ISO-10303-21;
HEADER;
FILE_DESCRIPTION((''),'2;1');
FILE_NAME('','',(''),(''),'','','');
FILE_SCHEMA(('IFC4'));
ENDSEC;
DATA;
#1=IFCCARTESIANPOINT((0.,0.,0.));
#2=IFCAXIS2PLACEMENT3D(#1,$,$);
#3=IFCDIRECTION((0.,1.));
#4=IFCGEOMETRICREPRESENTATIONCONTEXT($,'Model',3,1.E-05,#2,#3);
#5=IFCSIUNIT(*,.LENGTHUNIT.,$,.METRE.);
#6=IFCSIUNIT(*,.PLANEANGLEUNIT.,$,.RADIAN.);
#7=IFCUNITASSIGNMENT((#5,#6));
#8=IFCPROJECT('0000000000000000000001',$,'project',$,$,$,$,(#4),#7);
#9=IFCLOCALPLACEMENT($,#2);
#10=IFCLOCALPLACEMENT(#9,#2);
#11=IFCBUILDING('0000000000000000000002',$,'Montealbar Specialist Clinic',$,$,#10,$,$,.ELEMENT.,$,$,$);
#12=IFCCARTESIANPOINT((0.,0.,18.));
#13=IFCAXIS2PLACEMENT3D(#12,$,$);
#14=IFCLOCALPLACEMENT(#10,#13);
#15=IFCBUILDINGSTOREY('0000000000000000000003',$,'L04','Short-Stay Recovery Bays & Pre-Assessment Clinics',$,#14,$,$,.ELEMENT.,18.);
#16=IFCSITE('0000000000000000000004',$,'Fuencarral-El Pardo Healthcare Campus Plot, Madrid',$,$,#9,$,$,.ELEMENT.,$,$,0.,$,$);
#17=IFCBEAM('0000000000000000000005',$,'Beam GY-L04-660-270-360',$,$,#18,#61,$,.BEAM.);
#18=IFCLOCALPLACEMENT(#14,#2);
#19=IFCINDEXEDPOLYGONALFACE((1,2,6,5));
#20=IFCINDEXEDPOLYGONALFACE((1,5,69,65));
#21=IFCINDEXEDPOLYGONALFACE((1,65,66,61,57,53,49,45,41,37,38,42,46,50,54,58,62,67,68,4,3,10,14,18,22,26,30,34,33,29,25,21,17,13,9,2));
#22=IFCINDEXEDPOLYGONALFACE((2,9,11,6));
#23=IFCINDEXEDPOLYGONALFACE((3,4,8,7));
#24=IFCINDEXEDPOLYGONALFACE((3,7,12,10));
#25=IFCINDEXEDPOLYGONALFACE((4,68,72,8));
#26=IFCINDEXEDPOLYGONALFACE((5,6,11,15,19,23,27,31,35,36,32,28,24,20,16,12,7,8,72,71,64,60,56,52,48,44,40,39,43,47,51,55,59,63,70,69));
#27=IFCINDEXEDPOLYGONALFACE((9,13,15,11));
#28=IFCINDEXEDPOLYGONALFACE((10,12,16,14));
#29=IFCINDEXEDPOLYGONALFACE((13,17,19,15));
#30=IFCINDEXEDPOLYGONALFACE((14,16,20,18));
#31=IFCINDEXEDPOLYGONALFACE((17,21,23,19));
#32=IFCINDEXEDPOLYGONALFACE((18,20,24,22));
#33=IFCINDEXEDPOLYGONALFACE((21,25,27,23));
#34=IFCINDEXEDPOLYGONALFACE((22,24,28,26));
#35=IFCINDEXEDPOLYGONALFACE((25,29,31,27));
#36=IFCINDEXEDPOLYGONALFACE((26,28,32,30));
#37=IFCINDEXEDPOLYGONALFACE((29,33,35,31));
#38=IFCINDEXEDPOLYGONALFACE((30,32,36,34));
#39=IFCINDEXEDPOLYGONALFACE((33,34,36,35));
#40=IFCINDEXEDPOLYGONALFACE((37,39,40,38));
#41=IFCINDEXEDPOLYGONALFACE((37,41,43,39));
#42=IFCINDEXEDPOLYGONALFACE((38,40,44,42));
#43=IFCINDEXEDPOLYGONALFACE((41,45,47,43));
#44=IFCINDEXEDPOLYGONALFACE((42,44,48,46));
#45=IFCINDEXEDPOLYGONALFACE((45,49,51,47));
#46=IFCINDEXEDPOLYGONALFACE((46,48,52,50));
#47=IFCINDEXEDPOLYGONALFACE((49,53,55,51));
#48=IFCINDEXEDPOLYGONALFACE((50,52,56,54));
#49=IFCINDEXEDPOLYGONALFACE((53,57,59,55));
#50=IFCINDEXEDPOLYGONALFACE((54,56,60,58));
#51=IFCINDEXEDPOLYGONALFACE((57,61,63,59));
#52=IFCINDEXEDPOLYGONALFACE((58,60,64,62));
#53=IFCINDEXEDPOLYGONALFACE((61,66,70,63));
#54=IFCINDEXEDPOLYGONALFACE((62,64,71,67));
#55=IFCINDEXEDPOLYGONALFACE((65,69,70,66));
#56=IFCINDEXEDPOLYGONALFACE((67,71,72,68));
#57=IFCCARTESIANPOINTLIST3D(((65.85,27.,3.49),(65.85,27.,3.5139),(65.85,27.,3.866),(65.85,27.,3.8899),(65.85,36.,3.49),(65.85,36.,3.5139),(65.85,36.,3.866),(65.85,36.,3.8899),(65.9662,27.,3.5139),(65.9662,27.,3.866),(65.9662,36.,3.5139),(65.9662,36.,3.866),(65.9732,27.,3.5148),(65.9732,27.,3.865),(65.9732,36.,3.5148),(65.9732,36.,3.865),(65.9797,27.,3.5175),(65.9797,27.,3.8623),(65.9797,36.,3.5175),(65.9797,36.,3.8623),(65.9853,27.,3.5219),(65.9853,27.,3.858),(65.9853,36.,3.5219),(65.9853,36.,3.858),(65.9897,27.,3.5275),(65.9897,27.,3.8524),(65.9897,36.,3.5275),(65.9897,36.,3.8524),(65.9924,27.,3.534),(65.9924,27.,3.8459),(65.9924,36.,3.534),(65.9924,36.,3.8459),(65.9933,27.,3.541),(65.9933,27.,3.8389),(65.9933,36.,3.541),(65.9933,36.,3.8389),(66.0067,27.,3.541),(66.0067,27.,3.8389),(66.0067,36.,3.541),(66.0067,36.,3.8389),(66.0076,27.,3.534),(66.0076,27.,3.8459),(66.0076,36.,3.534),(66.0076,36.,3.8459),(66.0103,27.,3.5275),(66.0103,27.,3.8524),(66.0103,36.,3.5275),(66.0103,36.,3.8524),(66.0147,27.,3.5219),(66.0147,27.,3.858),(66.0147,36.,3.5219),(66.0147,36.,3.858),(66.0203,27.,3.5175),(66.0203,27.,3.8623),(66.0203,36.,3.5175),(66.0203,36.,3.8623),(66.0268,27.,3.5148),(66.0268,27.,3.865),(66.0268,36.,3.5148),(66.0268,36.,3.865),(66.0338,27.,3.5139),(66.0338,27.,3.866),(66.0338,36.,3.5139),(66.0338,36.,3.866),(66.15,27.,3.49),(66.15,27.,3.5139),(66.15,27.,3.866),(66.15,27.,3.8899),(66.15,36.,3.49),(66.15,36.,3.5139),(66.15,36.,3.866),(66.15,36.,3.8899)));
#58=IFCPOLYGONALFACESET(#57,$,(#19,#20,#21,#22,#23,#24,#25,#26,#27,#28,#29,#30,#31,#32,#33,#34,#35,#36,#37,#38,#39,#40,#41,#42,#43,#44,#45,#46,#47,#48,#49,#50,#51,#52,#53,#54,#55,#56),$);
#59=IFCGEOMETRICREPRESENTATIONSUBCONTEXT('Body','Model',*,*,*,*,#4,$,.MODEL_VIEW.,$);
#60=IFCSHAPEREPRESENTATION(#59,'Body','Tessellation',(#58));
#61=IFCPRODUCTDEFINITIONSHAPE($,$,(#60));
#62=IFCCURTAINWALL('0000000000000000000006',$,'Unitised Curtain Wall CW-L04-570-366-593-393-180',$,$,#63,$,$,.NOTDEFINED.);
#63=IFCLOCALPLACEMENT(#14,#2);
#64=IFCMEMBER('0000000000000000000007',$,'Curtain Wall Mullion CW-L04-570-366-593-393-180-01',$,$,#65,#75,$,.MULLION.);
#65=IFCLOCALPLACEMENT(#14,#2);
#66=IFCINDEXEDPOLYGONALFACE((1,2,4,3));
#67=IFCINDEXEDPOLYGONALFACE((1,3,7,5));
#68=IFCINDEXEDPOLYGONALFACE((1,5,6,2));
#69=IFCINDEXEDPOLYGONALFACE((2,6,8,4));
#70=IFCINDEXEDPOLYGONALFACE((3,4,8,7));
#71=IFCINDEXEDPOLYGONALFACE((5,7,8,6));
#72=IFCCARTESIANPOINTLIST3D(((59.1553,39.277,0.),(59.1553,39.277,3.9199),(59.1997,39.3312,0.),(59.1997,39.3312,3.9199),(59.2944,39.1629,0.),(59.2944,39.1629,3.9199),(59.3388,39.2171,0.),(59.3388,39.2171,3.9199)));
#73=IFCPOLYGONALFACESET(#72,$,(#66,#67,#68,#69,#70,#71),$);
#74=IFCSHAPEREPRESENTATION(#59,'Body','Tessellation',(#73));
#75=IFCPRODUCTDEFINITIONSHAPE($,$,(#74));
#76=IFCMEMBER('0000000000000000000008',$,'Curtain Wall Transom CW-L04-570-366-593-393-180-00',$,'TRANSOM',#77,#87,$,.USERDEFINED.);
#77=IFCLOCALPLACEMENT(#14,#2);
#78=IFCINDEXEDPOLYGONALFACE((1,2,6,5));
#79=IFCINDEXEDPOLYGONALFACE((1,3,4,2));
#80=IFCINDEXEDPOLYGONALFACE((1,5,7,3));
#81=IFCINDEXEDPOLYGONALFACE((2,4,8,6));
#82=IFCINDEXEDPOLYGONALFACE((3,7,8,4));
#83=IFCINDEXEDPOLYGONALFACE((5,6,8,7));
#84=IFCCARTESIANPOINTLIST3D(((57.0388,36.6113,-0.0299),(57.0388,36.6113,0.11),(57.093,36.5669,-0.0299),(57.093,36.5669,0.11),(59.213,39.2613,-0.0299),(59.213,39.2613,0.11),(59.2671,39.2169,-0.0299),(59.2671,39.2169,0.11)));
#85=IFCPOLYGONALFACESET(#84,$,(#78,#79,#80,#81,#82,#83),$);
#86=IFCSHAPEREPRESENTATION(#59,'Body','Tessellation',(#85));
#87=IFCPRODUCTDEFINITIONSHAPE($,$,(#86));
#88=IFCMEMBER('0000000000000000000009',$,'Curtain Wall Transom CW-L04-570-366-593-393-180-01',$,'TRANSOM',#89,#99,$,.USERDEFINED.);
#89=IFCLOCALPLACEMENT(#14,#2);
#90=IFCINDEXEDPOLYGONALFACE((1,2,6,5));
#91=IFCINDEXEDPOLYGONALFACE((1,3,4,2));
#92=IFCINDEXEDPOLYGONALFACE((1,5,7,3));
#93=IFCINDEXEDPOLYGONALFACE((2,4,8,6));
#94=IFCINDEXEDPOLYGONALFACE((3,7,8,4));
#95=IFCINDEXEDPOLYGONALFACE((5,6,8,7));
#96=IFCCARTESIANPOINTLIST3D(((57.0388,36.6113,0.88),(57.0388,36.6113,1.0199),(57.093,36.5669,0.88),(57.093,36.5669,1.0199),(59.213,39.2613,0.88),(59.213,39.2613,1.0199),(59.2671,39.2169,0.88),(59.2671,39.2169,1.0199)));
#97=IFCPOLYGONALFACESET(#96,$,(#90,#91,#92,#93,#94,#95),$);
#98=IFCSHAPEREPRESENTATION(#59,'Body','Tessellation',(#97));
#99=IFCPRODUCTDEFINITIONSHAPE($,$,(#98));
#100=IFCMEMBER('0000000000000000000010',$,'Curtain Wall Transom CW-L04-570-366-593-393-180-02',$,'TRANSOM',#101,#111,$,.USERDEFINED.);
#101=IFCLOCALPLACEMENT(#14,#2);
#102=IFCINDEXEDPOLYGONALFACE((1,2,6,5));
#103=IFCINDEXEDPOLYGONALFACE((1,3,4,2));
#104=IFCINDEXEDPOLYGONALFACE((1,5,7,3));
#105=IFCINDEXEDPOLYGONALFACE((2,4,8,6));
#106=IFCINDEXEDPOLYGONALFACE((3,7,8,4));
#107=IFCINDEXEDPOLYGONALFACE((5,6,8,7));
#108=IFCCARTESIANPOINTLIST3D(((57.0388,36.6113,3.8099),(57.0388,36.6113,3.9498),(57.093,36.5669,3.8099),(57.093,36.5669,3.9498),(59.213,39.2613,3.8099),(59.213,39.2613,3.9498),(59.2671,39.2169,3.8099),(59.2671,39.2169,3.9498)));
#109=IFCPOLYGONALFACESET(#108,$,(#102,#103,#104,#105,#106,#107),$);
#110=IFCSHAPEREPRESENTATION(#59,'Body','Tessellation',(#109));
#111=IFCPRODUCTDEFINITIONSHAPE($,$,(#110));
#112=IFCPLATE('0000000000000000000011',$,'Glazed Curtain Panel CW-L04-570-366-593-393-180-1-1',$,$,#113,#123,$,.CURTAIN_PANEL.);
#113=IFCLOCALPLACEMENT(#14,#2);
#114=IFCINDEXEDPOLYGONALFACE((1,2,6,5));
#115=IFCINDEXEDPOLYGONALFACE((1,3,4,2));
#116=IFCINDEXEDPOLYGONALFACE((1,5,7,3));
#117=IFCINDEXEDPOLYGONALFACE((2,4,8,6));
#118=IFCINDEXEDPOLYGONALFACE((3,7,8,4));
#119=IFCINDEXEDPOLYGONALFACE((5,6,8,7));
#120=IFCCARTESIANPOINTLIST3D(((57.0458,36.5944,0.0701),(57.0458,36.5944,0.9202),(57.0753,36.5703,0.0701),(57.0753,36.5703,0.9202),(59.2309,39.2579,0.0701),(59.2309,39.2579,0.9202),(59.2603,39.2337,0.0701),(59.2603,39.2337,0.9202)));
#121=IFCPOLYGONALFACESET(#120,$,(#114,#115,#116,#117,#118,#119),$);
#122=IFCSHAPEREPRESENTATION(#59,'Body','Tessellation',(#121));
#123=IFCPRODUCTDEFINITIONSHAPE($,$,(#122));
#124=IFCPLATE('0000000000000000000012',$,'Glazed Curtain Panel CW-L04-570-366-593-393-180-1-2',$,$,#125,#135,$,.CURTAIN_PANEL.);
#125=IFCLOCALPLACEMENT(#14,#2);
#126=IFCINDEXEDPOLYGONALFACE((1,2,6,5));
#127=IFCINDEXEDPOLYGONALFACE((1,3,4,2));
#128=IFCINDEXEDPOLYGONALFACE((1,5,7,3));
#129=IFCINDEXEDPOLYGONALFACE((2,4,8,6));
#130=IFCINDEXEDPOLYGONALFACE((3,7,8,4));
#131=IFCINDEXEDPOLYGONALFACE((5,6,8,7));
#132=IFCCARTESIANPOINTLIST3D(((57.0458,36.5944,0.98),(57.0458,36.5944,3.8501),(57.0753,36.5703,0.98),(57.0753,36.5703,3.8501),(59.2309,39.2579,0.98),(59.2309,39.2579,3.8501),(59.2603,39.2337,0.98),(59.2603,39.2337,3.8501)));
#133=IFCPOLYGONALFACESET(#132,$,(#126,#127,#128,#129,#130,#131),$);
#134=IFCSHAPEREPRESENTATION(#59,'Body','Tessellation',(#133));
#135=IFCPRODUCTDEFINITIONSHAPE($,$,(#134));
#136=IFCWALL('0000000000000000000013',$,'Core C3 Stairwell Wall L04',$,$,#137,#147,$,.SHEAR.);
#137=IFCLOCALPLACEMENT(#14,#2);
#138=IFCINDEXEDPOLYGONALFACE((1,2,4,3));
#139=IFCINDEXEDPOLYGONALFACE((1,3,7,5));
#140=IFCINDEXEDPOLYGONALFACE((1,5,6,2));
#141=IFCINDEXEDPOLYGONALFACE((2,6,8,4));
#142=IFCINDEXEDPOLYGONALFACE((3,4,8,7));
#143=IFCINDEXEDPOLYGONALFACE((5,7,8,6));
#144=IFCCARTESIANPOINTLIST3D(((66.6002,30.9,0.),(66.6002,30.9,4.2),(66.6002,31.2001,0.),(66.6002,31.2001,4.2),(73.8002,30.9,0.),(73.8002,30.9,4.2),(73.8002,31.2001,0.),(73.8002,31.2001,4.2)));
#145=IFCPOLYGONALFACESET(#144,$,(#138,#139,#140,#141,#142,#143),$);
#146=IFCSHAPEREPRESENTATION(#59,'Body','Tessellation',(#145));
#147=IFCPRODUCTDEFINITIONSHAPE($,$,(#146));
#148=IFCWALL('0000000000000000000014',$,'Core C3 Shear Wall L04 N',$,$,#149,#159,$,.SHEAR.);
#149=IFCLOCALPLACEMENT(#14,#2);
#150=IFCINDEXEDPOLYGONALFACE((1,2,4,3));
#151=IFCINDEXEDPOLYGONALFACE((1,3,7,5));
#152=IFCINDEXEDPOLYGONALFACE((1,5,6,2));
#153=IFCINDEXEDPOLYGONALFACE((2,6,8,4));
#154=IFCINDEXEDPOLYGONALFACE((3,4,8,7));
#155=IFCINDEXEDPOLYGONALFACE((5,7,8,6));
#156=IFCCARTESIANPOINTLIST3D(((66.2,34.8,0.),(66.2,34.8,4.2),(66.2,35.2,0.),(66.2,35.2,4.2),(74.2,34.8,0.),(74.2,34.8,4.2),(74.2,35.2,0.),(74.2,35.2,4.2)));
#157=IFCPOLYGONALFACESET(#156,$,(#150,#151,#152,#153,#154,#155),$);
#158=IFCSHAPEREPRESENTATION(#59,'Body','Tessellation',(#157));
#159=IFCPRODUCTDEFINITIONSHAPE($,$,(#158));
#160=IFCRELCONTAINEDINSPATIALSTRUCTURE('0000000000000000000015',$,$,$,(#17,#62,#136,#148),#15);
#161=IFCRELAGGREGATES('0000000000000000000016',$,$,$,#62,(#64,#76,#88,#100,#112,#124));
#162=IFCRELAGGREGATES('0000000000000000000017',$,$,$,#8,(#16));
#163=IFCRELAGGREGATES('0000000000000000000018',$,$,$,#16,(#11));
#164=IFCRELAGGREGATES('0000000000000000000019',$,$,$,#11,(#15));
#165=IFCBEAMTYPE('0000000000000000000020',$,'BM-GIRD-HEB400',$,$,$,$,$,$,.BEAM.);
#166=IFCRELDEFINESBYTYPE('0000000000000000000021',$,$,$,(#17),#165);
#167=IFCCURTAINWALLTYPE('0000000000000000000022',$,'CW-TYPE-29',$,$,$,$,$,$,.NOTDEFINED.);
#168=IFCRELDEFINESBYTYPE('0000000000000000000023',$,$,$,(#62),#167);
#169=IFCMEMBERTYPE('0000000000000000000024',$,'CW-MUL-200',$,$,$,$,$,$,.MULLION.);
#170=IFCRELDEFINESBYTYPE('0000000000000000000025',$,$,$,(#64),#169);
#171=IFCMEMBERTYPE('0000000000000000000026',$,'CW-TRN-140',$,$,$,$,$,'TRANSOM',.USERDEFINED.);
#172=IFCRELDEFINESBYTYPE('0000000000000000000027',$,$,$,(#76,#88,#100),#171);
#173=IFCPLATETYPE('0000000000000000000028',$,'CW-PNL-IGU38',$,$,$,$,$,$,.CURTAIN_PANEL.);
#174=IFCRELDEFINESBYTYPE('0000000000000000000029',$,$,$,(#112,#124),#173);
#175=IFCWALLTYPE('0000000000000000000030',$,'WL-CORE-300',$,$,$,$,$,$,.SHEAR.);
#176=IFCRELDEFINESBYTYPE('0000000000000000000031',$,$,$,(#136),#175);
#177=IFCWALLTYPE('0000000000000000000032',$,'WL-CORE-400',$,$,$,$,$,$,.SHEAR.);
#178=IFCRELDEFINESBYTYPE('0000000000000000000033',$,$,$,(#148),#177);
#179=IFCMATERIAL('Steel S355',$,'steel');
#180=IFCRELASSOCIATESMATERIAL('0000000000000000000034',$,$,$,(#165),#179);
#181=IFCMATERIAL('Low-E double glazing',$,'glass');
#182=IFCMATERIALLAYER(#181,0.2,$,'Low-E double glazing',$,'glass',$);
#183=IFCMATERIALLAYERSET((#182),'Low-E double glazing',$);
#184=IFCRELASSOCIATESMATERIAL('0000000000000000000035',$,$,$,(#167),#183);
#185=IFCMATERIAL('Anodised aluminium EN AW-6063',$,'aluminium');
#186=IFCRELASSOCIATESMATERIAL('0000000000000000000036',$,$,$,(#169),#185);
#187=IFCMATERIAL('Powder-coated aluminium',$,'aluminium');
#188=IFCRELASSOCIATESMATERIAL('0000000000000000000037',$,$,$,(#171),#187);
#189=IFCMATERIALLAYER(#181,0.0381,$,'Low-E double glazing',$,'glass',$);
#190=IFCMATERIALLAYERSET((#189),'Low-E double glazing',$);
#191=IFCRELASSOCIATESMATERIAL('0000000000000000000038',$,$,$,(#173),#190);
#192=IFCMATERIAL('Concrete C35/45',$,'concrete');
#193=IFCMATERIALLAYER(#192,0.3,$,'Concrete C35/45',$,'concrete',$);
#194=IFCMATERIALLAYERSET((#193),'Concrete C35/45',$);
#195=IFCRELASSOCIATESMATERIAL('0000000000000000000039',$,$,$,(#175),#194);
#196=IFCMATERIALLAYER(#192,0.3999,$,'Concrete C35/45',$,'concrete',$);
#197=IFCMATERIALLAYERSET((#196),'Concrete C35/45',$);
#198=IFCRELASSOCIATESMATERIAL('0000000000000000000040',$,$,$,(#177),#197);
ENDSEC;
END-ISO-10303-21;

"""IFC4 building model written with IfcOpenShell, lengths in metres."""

from ifc_helpers import new_model, si_unit, direction, frame, frame_2d, origin, origin_2d, place, context, subcontext, project, spatial, rectangle, i_section, extrude, material, layer, layer_set, material_profile, profile_set, type_object, element, aggregate, save


model = new_model("IFC4")

# Units and contexts
model_context = context("Model", 3, precision=1e-05, world=origin(), true_north=direction((0.0, 1.0)))
body_context = subcontext(model_context, "Body", "Model", "MODEL_VIEW")
ifc_project = project(units=[si_unit("LENGTHUNIT", "METRE"), si_unit("PLANEANGLEUNIT", "RADIAN")], contexts=[model_context])

# Site, building, storey
site_placement = place(None, origin())
site = spatial("IfcSite", under=ifc_project, at=site_placement, Name="Fuencarral-El Pardo Healthcare Campus Plot, Madrid", CompositionType="ELEMENT", RefElevation=0.0)
building_placement = place(site_placement, origin())
building = spatial("IfcBuilding", under=site, at=building_placement, Name="Montealbar Specialist Clinic", CompositionType="ELEMENT")
storey_placement = place(building_placement, frame((0.0, 0.0, 18.0)))
storey = spatial("IfcBuildingStorey", under=building, at=storey_placement, Name="L04", Description="Short-Stay Recovery Bays & Pre-Assessment Clinics", CompositionType="ELEMENT", Elevation=18.0)

# Shared definitions
ifc_material_1 = material(Name="Steel S355", Category="steel")

# Beam
ifc_material_profile_1 = material_profile(ifc_material_1, i_section(OverallWidth=0.3, OverallDepth=0.3999, WebThickness=0.0134, FlangeThickness=0.0239, FilletRadius=0.0271, at=origin_2d()), Name="HEB 400", Category="steel")
ifc_profile_set_1 = profile_set([ifc_material_profile_1], Name="Steel S355")
beam_type = type_object("IfcBeamType", Name="BM-GIRD-HEB400", PredefinedType="BEAM", material=ifc_profile_set_1)
for number, where, z_axis, x_axis, name in (
    (1, (66.0, 27.0, 3.6899), (0.0, 1.0, 0.0), (-1.0, 0.0, 0.0), "Beam GY-L04-660-270-360"),
):
    element("IfcBeam", number, at=place(storey_placement, frame(where, z_axis=z_axis, x_axis=x_axis)), inside=storey, type_object=beam_type, Name=name, PredefinedType="BEAM", context=body_context, shape_type="SweptSolid", body=[
        extrude(i_section(OverallWidth=0.3, OverallDepth=0.3999, WebThickness=0.0134, FlangeThickness=0.0239, FilletRadius=0.0271, at=origin_2d()), origin(), (0.0, 0.0, 1.0), 9.0),
    ])

# Curtain wall, members, plates
ifc_material_2 = material(Name="Low-E double glazing", Category="glass")
ifc_layer_1 = layer(ifc_material_2, 0.2, Name="Low-E double glazing", Category="glass")
ifc_layer_set_1 = layer_set([ifc_layer_1], Name="Low-E double glazing")
curtain_wall_type = type_object("IfcCurtainWallType", Name="CW-TYPE-29", PredefinedType="NOTDEFINED", material=ifc_layer_set_1)
curtain_wall_placement = place(storey_placement, origin())
curtain_wall = element("IfcCurtainWall", 2, at=curtain_wall_placement, inside=storey, type_object=curtain_wall_type, Name="Unitised Curtain Wall CW-L04-570-366-593-393-180", PredefinedType="NOTDEFINED")
ifc_material_3 = material(Name="Anodised aluminium EN AW-6063", Category="aluminium")
ifc_material_profile_2 = material_profile(ifc_material_3, rectangle(XDim=0.0701, YDim=0.1799, at=origin_2d()), Name="ALU 70x180", Category="aluminium")
ifc_profile_set_2 = profile_set([ifc_material_profile_2], Name="Anodised aluminium EN AW-6063")
member_type_1 = type_object("IfcMemberType", Name="CW-MUL-200", PredefinedType="MULLION", material=ifc_profile_set_2)
member_1_placement = place(storey_placement, frame((59.2471, 39.2471, 0.0), z_axis=(0.0, 0.0, 1.0), x_axis=(0.634256, 0.773123, 0.0)))
member_1 = element("IfcMember", 3, at=member_1_placement, type_object=member_type_1, Name="Curtain Wall Mullion CW-L04-570-366-593-393-180-01", PredefinedType="MULLION", context=body_context, shape_type="SweptSolid", body=[
    extrude(rectangle(XDim=0.0701, YDim=0.1799, at=origin_2d()), origin(), (0.0, 0.0, 1.0), 3.9199),
])
ifc_material_4 = material(Name="Powder-coated aluminium", Category="aluminium")
ifc_material_profile_3 = material_profile(ifc_material_4, rectangle(XDim=0.0701, YDim=0.1399, at=origin_2d()), Name="ALU 70x140", Category="aluminium")
ifc_profile_set_3 = profile_set([ifc_material_profile_3], Name="Powder-coated aluminium")
member_type_2 = type_object("IfcMemberType", Name="CW-TRN-140", ElementType="TRANSOM", PredefinedType="USERDEFINED", material=ifc_profile_set_3)
member_2_placement = place(storey_placement, frame((57.0659, 36.5891, 0.04), z_axis=(0.634281, 0.773103, 0.0), x_axis=(-0.773103, 0.634281, 0.0)))
member_2 = element("IfcMember", 4, at=member_2_placement, type_object=member_type_2, Name="Curtain Wall Transom CW-L04-570-366-593-393-180-00", ObjectType="TRANSOM", PredefinedType="USERDEFINED", context=body_context, shape_type="SweptSolid", body=[
    extrude(rectangle(XDim=0.0701, YDim=0.1399, at=origin_2d()), origin(), (0.0, 0.0, 1.0), 3.4277),
])
member_3_placement = place(storey_placement, frame((57.0659, 36.5891, 0.95), z_axis=(0.634281, 0.773103, 0.0), x_axis=(-0.773103, 0.634281, 0.0)))
member_3 = element("IfcMember", 5, at=member_3_placement, type_object=member_type_2, Name="Curtain Wall Transom CW-L04-570-366-593-393-180-01", ObjectType="TRANSOM", PredefinedType="USERDEFINED", context=body_context, shape_type="SweptSolid", body=[
    extrude(rectangle(XDim=0.0701, YDim=0.1399, at=origin_2d()), origin(), (0.0, 0.0, 1.0), 3.4277),
])
member_4_placement = place(storey_placement, frame((57.0659, 36.5891, 3.8799), z_axis=(0.634281, 0.773103, 0.0), x_axis=(-0.773103, 0.634281, 0.0)))
member_4 = element("IfcMember", 6, at=member_4_placement, type_object=member_type_2, Name="Curtain Wall Transom CW-L04-570-366-593-393-180-02", ObjectType="TRANSOM", PredefinedType="USERDEFINED", context=body_context, shape_type="SweptSolid", body=[
    extrude(rectangle(XDim=0.0701, YDim=0.1399, at=origin_2d()), origin(), (0.0, 0.0, 1.0), 3.4277),
])
ifc_layer_2 = layer(ifc_material_2, 0.0381, Name="Low-E double glazing", Category="glass")
ifc_layer_set_2 = layer_set([ifc_layer_2], Name="Low-E double glazing")
plate_type = type_object("IfcPlateType", Name="CW-PNL-IGU38", PredefinedType="CURTAIN_PANEL", material=ifc_layer_set_2)
plate_1_placement = place(storey_placement, frame((58.1531, 37.9141, 0.0701), z_axis=(0.0, 0.0, 1.0), x_axis=(0.634256, 0.773123, 0.0)))
plate_1 = element("IfcPlate", 7, at=plate_1_placement, type_object=plate_type, Name="Glazed Curtain Panel CW-L04-570-366-593-393-180-1-1", PredefinedType="CURTAIN_PANEL", context=body_context, shape_type="SweptSolid", body=[
    extrude(rectangle(XDim=3.4451, YDim=0.0381, at=origin_2d()), origin(), (0.0, 0.0, 1.0), 0.8501),
])
plate_2_placement = place(storey_placement, frame((58.1531, 37.9141, 0.98), z_axis=(0.0, 0.0, 1.0), x_axis=(0.634256, 0.773123, 0.0)))
plate_2 = element("IfcPlate", 8, at=plate_2_placement, type_object=plate_type, Name="Glazed Curtain Panel CW-L04-570-366-593-393-180-1-2", PredefinedType="CURTAIN_PANEL", context=body_context, shape_type="SweptSolid", body=[
    extrude(rectangle(XDim=3.4451, YDim=0.0381, at=origin_2d()), origin(), (0.0, 0.0, 1.0), 2.8701),
])
aggregate(curtain_wall, [member_1, member_2, member_3, member_4, plate_1, plate_2])

# Wall
ifc_material_5 = material(Name="Concrete C35/45", Category="concrete")
ifc_layer_3 = layer(ifc_material_5, 0.3, Name="Concrete C35/45", Category="concrete")
ifc_layer_set_3 = layer_set([ifc_layer_3], Name="Concrete C35/45")
wall_type_1 = type_object("IfcWallType", Name="WL-CORE-300", PredefinedType="SHEAR", material=ifc_layer_set_3)
wall_1_placement = place(storey_placement, frame((66.6001, 31.05, 0.0), z_axis=(0.0, 0.0, 1.0), x_axis=(1.0, 0.0, 0.0)))
element("IfcWall", 9, at=wall_1_placement, inside=storey, type_object=wall_type_1, Name="Core C3 Stairwell Wall L04", PredefinedType="SHEAR", context=body_context, shape_type="SweptSolid", body=[
    extrude(rectangle(XDim=7.2, YDim=0.3, at=frame_2d((3.6001, 0.0))), origin(), (0.0, 0.0, 1.0), 4.2),
])

# Shared definitions
ifc_layer_4 = layer(ifc_material_5, 0.3999, Name="Concrete C35/45", Category="concrete")
ifc_layer_set_4 = layer_set([ifc_layer_4], Name="Concrete C35/45")
wall_type_2 = type_object("IfcWallType", Name="WL-CORE-400", PredefinedType="SHEAR", material=ifc_layer_set_4)

# Wall
wall_2_placement = place(storey_placement, frame((66.2, 35.0, 0.0), z_axis=(0.0, 0.0, 1.0), x_axis=(1.0, 0.0, 0.0)))
element("IfcWall", 10, at=wall_2_placement, inside=storey, type_object=wall_type_2, Name="Core C3 Shear Wall L04 N", PredefinedType="SHEAR", context=body_context, shape_type="SweptSolid", body=[
    extrude(rectangle(XDim=8.0, YDim=0.3999, at=frame_2d((4.0, 0.0))), origin(), (0.0, 0.0, 1.0), 4.2),
])

save(model, "model.ifc")
